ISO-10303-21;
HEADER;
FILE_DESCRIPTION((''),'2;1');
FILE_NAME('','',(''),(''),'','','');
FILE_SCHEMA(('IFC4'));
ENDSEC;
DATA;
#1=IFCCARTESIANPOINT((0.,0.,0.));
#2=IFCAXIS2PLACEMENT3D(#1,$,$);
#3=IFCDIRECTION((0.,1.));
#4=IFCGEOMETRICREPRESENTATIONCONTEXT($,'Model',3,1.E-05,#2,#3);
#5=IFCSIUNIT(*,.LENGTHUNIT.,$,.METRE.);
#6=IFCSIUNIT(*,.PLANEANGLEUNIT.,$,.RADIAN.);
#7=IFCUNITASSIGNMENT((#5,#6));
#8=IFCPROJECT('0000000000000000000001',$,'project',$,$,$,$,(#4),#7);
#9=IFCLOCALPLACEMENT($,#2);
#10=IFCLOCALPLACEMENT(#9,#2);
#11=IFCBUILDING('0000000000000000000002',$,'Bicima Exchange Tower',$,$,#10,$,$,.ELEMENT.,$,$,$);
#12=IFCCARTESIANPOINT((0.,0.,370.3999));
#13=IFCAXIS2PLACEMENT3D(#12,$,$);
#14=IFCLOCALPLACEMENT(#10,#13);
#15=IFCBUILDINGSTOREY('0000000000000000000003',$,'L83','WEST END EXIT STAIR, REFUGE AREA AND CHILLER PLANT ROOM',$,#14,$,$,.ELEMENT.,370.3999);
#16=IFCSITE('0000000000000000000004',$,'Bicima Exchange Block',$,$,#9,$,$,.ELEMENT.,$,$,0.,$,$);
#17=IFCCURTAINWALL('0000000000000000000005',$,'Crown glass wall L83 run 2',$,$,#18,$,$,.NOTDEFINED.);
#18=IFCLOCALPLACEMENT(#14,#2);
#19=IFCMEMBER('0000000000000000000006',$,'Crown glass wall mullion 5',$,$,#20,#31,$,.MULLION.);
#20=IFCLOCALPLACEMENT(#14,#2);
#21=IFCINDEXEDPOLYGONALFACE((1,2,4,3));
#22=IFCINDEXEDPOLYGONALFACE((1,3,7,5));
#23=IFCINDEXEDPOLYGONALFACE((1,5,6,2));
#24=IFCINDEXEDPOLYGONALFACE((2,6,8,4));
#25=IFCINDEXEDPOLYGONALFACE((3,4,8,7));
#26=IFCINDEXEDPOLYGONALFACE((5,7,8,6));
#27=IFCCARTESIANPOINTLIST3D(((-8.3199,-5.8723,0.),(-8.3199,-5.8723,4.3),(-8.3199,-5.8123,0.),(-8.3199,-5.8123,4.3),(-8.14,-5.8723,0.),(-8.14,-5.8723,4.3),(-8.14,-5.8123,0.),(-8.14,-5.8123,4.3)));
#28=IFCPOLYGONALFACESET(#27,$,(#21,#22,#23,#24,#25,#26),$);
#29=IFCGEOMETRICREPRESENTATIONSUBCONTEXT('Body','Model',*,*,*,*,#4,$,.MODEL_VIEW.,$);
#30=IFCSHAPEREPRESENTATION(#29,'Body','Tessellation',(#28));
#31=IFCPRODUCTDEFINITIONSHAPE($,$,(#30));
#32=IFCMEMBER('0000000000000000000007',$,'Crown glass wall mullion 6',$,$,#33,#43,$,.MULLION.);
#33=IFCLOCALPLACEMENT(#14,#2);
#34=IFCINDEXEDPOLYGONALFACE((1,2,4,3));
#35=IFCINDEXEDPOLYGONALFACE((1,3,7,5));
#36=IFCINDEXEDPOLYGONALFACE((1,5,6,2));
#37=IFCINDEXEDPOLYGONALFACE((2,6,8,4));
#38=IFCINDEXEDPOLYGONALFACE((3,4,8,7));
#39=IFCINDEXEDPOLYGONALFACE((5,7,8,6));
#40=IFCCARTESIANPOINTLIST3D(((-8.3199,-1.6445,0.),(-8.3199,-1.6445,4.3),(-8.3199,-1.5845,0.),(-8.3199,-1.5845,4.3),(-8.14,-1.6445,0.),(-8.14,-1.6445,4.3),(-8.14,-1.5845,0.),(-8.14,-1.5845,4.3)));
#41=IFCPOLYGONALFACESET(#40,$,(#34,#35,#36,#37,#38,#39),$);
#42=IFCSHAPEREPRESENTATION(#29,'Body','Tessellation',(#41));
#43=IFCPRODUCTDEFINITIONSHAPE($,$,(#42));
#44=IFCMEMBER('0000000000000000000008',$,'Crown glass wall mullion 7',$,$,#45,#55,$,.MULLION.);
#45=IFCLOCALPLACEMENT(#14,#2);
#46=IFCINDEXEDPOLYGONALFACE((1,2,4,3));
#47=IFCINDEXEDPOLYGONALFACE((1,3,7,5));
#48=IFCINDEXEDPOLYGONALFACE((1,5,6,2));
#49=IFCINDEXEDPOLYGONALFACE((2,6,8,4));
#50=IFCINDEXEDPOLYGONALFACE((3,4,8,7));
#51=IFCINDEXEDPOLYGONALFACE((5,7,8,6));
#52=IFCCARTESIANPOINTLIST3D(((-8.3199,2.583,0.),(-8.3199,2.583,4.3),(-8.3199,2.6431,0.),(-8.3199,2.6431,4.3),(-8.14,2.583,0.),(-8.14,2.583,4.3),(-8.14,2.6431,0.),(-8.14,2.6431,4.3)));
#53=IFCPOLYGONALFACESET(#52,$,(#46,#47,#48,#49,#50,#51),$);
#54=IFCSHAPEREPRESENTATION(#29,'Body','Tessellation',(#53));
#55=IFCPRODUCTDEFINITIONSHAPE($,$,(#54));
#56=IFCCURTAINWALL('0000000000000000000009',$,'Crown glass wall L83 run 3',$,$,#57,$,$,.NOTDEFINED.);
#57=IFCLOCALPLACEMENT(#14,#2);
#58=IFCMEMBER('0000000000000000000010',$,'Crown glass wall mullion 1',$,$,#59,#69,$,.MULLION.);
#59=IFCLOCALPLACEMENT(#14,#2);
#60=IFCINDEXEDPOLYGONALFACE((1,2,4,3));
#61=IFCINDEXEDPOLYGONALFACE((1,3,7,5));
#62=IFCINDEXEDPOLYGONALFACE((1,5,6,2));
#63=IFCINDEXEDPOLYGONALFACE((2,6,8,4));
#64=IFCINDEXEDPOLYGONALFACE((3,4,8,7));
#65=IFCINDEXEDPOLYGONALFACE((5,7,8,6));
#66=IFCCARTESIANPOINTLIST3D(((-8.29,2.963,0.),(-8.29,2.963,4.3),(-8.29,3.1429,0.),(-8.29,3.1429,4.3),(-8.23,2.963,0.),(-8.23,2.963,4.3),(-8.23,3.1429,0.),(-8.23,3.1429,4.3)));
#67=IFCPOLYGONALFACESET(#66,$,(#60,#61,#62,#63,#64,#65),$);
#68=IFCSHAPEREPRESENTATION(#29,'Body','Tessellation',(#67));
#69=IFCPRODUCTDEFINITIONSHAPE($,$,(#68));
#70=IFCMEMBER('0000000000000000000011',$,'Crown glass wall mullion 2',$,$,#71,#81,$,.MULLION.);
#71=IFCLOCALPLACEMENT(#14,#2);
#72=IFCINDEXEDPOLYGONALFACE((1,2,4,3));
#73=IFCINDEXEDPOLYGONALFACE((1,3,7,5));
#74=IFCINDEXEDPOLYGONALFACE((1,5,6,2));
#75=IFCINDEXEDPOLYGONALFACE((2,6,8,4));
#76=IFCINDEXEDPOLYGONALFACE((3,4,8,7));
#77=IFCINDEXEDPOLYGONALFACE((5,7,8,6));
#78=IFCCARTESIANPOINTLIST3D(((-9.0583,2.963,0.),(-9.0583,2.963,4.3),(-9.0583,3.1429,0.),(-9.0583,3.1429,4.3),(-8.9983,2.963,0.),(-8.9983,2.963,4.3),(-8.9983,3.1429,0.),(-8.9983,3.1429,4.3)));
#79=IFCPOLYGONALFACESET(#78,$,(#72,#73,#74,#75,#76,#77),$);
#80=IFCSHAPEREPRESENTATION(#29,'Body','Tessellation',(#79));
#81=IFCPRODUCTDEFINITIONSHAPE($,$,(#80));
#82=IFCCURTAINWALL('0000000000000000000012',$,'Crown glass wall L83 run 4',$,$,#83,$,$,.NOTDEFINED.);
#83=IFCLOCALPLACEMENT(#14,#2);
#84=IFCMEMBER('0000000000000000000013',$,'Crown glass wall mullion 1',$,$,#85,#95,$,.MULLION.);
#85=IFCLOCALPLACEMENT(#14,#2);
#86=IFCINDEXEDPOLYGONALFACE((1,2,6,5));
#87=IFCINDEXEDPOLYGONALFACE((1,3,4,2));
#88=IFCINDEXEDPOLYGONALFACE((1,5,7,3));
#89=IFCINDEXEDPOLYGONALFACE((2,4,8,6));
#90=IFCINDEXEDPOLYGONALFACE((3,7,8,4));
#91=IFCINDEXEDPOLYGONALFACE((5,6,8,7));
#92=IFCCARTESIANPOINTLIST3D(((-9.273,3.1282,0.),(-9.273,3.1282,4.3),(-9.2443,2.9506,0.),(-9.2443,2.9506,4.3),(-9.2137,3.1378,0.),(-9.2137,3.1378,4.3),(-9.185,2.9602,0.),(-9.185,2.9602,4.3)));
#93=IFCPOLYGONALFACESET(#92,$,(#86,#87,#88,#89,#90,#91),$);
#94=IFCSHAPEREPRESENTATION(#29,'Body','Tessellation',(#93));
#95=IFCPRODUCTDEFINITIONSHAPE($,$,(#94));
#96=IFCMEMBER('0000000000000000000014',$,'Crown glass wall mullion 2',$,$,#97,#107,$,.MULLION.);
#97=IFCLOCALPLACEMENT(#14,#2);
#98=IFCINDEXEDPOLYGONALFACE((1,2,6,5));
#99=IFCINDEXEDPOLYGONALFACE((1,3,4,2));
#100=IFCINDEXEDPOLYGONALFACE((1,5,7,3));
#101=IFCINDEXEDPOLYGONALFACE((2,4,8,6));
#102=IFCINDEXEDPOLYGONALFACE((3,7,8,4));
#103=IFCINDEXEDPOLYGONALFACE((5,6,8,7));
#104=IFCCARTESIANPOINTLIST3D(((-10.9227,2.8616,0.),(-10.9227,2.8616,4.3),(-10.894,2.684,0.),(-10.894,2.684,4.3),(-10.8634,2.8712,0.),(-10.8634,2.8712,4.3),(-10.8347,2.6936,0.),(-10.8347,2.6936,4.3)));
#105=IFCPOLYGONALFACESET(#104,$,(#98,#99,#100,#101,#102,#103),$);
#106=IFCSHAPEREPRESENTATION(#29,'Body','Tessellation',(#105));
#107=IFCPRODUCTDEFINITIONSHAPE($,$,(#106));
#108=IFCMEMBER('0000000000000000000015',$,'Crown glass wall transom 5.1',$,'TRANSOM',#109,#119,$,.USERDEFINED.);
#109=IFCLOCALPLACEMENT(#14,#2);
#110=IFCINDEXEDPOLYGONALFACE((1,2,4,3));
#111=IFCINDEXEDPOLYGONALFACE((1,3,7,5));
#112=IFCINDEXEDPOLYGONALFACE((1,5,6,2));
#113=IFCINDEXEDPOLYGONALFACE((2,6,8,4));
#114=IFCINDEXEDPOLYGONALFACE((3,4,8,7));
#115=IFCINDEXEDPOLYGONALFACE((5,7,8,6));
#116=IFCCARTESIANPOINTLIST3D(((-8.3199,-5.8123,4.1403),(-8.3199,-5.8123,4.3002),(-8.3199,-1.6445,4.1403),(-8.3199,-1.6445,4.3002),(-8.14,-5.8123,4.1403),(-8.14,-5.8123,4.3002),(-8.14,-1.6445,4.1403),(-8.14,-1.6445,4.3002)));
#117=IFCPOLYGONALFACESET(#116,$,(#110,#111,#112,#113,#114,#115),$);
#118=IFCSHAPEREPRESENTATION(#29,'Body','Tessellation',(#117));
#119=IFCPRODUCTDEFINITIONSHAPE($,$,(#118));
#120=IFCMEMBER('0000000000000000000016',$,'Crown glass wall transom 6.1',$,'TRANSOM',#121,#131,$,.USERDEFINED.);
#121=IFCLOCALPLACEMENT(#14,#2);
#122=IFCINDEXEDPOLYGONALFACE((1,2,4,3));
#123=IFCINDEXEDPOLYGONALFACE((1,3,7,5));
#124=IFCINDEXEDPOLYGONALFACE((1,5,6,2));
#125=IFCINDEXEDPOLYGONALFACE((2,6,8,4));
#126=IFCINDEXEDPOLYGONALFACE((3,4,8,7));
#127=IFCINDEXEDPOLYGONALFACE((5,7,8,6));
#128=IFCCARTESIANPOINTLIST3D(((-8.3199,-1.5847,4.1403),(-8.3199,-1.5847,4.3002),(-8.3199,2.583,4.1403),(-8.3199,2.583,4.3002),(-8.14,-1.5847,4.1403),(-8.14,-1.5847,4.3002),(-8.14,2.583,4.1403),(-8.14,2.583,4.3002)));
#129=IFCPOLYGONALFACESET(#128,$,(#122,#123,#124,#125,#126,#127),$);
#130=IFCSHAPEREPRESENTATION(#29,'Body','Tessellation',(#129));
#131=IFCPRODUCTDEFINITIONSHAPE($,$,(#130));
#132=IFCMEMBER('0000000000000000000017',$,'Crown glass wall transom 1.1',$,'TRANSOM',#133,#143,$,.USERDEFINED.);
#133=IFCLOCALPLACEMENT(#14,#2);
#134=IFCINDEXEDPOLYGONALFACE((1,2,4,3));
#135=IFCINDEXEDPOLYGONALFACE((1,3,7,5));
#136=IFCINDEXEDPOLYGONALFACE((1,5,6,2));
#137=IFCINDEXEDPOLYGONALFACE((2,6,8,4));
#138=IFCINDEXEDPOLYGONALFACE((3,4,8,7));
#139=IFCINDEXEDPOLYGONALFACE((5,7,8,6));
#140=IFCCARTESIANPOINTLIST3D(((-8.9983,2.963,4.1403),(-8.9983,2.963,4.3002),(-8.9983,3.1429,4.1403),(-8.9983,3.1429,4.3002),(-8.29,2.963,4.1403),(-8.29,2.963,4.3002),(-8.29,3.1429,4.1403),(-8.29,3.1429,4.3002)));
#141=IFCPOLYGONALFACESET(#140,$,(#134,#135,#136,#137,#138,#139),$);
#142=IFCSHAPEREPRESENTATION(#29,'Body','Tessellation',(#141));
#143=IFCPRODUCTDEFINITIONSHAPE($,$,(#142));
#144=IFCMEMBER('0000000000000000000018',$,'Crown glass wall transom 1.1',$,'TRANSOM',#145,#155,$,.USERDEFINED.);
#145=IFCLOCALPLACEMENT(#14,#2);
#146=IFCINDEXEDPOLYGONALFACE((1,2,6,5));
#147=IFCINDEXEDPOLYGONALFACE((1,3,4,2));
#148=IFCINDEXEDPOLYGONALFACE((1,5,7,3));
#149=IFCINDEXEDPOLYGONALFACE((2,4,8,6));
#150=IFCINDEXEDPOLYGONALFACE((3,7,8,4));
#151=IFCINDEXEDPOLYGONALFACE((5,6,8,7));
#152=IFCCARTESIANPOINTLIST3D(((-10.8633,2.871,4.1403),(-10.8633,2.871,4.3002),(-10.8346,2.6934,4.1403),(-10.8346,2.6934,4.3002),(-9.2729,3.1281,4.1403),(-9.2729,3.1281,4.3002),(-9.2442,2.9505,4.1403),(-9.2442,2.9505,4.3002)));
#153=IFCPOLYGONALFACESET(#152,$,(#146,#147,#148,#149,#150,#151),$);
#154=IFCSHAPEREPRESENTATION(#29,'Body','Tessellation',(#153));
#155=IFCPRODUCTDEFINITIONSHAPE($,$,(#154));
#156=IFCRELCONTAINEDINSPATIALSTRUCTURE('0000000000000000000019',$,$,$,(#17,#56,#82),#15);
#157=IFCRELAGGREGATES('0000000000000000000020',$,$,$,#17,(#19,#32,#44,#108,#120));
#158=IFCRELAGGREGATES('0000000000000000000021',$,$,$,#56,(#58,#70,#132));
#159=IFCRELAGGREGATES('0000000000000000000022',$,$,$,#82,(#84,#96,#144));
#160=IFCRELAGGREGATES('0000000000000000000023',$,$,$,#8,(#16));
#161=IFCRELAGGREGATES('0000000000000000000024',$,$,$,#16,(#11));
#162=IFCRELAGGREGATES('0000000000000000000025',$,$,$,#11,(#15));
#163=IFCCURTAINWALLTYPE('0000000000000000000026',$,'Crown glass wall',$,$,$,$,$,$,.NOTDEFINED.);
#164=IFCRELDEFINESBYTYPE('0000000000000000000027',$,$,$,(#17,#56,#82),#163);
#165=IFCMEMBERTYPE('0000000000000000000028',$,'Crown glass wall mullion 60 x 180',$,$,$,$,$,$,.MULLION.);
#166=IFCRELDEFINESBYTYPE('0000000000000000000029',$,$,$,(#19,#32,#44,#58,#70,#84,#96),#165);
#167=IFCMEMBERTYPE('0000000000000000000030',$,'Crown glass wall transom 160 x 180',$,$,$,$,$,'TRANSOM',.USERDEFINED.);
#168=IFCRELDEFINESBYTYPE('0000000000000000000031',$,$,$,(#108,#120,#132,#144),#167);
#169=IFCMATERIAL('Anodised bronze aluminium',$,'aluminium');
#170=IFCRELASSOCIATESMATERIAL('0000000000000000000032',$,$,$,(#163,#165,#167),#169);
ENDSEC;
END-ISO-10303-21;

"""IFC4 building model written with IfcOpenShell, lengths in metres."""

from ifc_helpers import new_model, si_unit, direction, frame, origin, origin_2d, place, context, subcontext, project, spatial, rectangle, extrude, material, material_profile, profile_set, type_object, element, aggregate, save


model = new_model("IFC4")

# Units and contexts
model_context = context("Model", 3, precision=1e-05, world=origin(), true_north=direction((0.0, 1.0)))
body_context = subcontext(model_context, "Body", "Model", "MODEL_VIEW")
ifc_project = project(units=[si_unit("LENGTHUNIT", "METRE"), si_unit("PLANEANGLEUNIT", "RADIAN")], contexts=[model_context])

# Site, building, storey
site_placement = place(None, origin())
site = spatial("IfcSite", under=ifc_project, at=site_placement, Name="Bicima Exchange Block", CompositionType="ELEMENT", RefElevation=0.0)
building_placement = place(site_placement, origin())
building = spatial("IfcBuilding", under=site, at=building_placement, Name="Bicima Exchange Tower", CompositionType="ELEMENT")
storey_placement = place(building_placement, frame((0.0, 0.0, 370.3999)))
storey = spatial("IfcBuildingStorey", under=building, at=storey_placement, Name="L83", Description="WEST END EXIT STAIR, REFUGE AREA AND CHILLER PLANT ROOM", CompositionType="ELEMENT", Elevation=370.3999)

# Curtain walls, members
ifc_material_1 = material(Name="Anodised bronze aluminium", Category="aluminium")
curtain_wall_type = type_object("IfcCurtainWallType", Name="Crown glass wall", PredefinedType="NOTDEFINED", material=ifc_material_1)
curtain_wall_1_placement = place(storey_placement, origin())
curtain_wall_1 = element("IfcCurtainWall", 1, at=curtain_wall_1_placement, inside=storey, type_object=curtain_wall_type, Name="Crown glass wall L83 run 2", PredefinedType="NOTDEFINED")
ifc_material_profile_1 = material_profile(ifc_material_1, rectangle(XDim=0.1799, YDim=0.0601, at=origin_2d()))
ifc_profile_set_1 = profile_set([ifc_material_profile_1], Name="Anodised bronze aluminium")
member_type_1 = type_object("IfcMemberType", Name="Crown glass wall mullion 60 x 180", PredefinedType="MULLION", material=ifc_profile_set_1)
member_1_placement = place(storey_placement, frame((-8.23, -5.8423, 0.0), z_axis=(0.0, 0.0, 1.0), x_axis=(-1.0, 0.0, 0.0)))
member_1 = element("IfcMember", 2, at=member_1_placement, type_object=member_type_1, Name="Crown glass wall mullion 5", PredefinedType="MULLION", context=body_context, shape_type="SweptSolid", body=[
    extrude(rectangle(XDim=0.1799, YDim=0.0601, at=origin_2d()), origin(), (0.0, 0.0, 1.0), 4.3),
])
member_2_placement = place(storey_placement, frame((-8.23, -1.6145, 0.0), z_axis=(0.0, 0.0, 1.0), x_axis=(-1.0, 0.0, 0.0)))
member_2 = element("IfcMember", 3, at=member_2_placement, type_object=member_type_1, Name="Crown glass wall mullion 6", PredefinedType="MULLION", context=body_context, shape_type="SweptSolid", body=[
    extrude(rectangle(XDim=0.1799, YDim=0.0601, at=origin_2d()), origin(), (0.0, 0.0, 1.0), 4.3),
])
member_3_placement = place(storey_placement, frame((-8.23, 2.613, 0.0), z_axis=(0.0, 0.0, 1.0), x_axis=(-1.0, 0.0, 0.0)))
member_3 = element("IfcMember", 4, at=member_3_placement, type_object=member_type_1, Name="Crown glass wall mullion 7", PredefinedType="MULLION", context=body_context, shape_type="SweptSolid", body=[
    extrude(rectangle(XDim=0.1799, YDim=0.0601, at=origin_2d()), origin(), (0.0, 0.0, 1.0), 4.3),
])
curtain_wall_2_placement = place(storey_placement, origin())
curtain_wall_2 = element("IfcCurtainWall", 5, at=curtain_wall_2_placement, inside=storey, type_object=curtain_wall_type, Name="Crown glass wall L83 run 3", PredefinedType="NOTDEFINED")
member_4_placement = place(storey_placement, frame((-8.26, 3.053, 0.0), z_axis=(0.0, 0.0, 1.0), x_axis=(0.0, -1.0, 0.0)))
member_4 = element("IfcMember", 6, at=member_4_placement, type_object=member_type_1, Name="Crown glass wall mullion 1", PredefinedType="MULLION", context=body_context, shape_type="SweptSolid", body=[
    extrude(rectangle(XDim=0.1799, YDim=0.0601, at=origin_2d()), origin(), (0.0, 0.0, 1.0), 4.3),
])
member_5_placement = place(storey_placement, frame((-9.0283, 3.053, 0.0), z_axis=(0.0, 0.0, 1.0), x_axis=(0.0, -1.0, 0.0)))
member_5 = element("IfcMember", 7, at=member_5_placement, type_object=member_type_1, Name="Crown glass wall mullion 2", PredefinedType="MULLION", context=body_context, shape_type="SweptSolid", body=[
    extrude(rectangle(XDim=0.1799, YDim=0.0601, at=origin_2d()), origin(), (0.0, 0.0, 1.0), 4.3),
])
curtain_wall_3_placement = place(storey_placement, origin())
curtain_wall_3 = element("IfcCurtainWall", 8, at=curtain_wall_3_placement, inside=storey, type_object=curtain_wall_type, Name="Crown glass wall L83 run 4", PredefinedType="NOTDEFINED")
member_6_placement = place(storey_placement, frame((-9.229, 3.0442, 0.0), z_axis=(0.0, 0.0, 1.0), x_axis=(0.15955, -0.98719, 0.0)))
member_6 = element("IfcMember", 9, at=member_6_placement, type_object=member_type_1, Name="Crown glass wall mullion 1", PredefinedType="MULLION", context=body_context, shape_type="SweptSolid", body=[
    extrude(rectangle(XDim=0.1799, YDim=0.0601, at=origin_2d()), origin(), (0.0, 0.0, 1.0), 4.3),
])
member_7_placement = place(storey_placement, frame((-10.8787, 2.7776, 0.0), z_axis=(0.0, 0.0, 1.0), x_axis=(0.15955, -0.98719, 0.0)))
member_7 = element("IfcMember", 10, at=member_7_placement, type_object=member_type_1, Name="Crown glass wall mullion 2", PredefinedType="MULLION", context=body_context, shape_type="SweptSolid", body=[
    extrude(rectangle(XDim=0.1799, YDim=0.0601, at=origin_2d()), origin(), (0.0, 0.0, 1.0), 4.3),
])

# Members
ifc_material_profile_2 = material_profile(ifc_material_1, rectangle(XDim=0.1799, YDim=0.1599, at=origin_2d()))
ifc_profile_set_2 = profile_set([ifc_material_profile_2], Name="Anodised bronze aluminium")
member_type_2 = type_object("IfcMemberType", Name="Crown glass wall transom 160 x 180", ElementType="TRANSOM", PredefinedType="USERDEFINED", material=ifc_profile_set_2)
member_8_placement = place(storey_placement, frame((-8.23, -5.8123, 4.2202), z_axis=(0.0, 1.0, 0.0), x_axis=(-1.0, 0.0, 0.0)))
member_8 = element("IfcMember", 11, at=member_8_placement, type_object=member_type_2, Name="Crown glass wall transom 5.1", ObjectType="TRANSOM", PredefinedType="USERDEFINED", context=body_context, shape_type="SweptSolid", body=[
    extrude(rectangle(XDim=0.1799, YDim=0.1599, at=origin_2d()), origin(), (0.0, 0.0, 1.0), 4.1677),
])
member_9_placement = place(storey_placement, frame((-8.23, -1.5847, 4.2202), z_axis=(0.0, 1.0, 0.0), x_axis=(-1.0, 0.0, 0.0)))
member_9 = element("IfcMember", 12, at=member_9_placement, type_object=member_type_2, Name="Crown glass wall transom 6.1", ObjectType="TRANSOM", PredefinedType="USERDEFINED", context=body_context, shape_type="SweptSolid", body=[
    extrude(rectangle(XDim=0.1799, YDim=0.1599, at=origin_2d()), origin(), (0.0, 0.0, 1.0), 4.1677),
])
member_10_placement = place(storey_placement, frame((-8.29, 3.053, 4.2202), z_axis=(-1.0, 0.0, 0.0), x_axis=(0.0, -1.0, 0.0)))
member_10 = element("IfcMember", 13, at=member_10_placement, type_object=member_type_2, Name="Crown glass wall transom 1.1", ObjectType="TRANSOM", PredefinedType="USERDEFINED", context=body_context, shape_type="SweptSolid", body=[
    extrude(rectangle(XDim=0.1799, YDim=0.1599, at=origin_2d()), origin(), (0.0, 0.0, 1.0), 0.7083),
])
member_11_placement = place(storey_placement, frame((-9.2585, 3.0393, 4.2202), z_axis=(-0.987185, -0.15958, 0.0), x_axis=(0.15958, -0.987185, 0.0)))
member_11 = element("IfcMember", 14, at=member_11_placement, type_object=member_type_2, Name="Crown glass wall transom 1.1", ObjectType="TRANSOM", PredefinedType="USERDEFINED", context=body_context, shape_type="SweptSolid", body=[
    extrude(rectangle(XDim=0.1799, YDim=0.1599, at=origin_2d()), origin(), (0.0, 0.0, 1.0), 1.6111),
])

aggregate(curtain_wall_1, [member_1, member_2, member_3, member_8, member_9])
aggregate(curtain_wall_2, [member_4, member_5, member_10])
aggregate(curtain_wall_3, [member_6, member_7, member_11])

save(model, "model.ifc")
